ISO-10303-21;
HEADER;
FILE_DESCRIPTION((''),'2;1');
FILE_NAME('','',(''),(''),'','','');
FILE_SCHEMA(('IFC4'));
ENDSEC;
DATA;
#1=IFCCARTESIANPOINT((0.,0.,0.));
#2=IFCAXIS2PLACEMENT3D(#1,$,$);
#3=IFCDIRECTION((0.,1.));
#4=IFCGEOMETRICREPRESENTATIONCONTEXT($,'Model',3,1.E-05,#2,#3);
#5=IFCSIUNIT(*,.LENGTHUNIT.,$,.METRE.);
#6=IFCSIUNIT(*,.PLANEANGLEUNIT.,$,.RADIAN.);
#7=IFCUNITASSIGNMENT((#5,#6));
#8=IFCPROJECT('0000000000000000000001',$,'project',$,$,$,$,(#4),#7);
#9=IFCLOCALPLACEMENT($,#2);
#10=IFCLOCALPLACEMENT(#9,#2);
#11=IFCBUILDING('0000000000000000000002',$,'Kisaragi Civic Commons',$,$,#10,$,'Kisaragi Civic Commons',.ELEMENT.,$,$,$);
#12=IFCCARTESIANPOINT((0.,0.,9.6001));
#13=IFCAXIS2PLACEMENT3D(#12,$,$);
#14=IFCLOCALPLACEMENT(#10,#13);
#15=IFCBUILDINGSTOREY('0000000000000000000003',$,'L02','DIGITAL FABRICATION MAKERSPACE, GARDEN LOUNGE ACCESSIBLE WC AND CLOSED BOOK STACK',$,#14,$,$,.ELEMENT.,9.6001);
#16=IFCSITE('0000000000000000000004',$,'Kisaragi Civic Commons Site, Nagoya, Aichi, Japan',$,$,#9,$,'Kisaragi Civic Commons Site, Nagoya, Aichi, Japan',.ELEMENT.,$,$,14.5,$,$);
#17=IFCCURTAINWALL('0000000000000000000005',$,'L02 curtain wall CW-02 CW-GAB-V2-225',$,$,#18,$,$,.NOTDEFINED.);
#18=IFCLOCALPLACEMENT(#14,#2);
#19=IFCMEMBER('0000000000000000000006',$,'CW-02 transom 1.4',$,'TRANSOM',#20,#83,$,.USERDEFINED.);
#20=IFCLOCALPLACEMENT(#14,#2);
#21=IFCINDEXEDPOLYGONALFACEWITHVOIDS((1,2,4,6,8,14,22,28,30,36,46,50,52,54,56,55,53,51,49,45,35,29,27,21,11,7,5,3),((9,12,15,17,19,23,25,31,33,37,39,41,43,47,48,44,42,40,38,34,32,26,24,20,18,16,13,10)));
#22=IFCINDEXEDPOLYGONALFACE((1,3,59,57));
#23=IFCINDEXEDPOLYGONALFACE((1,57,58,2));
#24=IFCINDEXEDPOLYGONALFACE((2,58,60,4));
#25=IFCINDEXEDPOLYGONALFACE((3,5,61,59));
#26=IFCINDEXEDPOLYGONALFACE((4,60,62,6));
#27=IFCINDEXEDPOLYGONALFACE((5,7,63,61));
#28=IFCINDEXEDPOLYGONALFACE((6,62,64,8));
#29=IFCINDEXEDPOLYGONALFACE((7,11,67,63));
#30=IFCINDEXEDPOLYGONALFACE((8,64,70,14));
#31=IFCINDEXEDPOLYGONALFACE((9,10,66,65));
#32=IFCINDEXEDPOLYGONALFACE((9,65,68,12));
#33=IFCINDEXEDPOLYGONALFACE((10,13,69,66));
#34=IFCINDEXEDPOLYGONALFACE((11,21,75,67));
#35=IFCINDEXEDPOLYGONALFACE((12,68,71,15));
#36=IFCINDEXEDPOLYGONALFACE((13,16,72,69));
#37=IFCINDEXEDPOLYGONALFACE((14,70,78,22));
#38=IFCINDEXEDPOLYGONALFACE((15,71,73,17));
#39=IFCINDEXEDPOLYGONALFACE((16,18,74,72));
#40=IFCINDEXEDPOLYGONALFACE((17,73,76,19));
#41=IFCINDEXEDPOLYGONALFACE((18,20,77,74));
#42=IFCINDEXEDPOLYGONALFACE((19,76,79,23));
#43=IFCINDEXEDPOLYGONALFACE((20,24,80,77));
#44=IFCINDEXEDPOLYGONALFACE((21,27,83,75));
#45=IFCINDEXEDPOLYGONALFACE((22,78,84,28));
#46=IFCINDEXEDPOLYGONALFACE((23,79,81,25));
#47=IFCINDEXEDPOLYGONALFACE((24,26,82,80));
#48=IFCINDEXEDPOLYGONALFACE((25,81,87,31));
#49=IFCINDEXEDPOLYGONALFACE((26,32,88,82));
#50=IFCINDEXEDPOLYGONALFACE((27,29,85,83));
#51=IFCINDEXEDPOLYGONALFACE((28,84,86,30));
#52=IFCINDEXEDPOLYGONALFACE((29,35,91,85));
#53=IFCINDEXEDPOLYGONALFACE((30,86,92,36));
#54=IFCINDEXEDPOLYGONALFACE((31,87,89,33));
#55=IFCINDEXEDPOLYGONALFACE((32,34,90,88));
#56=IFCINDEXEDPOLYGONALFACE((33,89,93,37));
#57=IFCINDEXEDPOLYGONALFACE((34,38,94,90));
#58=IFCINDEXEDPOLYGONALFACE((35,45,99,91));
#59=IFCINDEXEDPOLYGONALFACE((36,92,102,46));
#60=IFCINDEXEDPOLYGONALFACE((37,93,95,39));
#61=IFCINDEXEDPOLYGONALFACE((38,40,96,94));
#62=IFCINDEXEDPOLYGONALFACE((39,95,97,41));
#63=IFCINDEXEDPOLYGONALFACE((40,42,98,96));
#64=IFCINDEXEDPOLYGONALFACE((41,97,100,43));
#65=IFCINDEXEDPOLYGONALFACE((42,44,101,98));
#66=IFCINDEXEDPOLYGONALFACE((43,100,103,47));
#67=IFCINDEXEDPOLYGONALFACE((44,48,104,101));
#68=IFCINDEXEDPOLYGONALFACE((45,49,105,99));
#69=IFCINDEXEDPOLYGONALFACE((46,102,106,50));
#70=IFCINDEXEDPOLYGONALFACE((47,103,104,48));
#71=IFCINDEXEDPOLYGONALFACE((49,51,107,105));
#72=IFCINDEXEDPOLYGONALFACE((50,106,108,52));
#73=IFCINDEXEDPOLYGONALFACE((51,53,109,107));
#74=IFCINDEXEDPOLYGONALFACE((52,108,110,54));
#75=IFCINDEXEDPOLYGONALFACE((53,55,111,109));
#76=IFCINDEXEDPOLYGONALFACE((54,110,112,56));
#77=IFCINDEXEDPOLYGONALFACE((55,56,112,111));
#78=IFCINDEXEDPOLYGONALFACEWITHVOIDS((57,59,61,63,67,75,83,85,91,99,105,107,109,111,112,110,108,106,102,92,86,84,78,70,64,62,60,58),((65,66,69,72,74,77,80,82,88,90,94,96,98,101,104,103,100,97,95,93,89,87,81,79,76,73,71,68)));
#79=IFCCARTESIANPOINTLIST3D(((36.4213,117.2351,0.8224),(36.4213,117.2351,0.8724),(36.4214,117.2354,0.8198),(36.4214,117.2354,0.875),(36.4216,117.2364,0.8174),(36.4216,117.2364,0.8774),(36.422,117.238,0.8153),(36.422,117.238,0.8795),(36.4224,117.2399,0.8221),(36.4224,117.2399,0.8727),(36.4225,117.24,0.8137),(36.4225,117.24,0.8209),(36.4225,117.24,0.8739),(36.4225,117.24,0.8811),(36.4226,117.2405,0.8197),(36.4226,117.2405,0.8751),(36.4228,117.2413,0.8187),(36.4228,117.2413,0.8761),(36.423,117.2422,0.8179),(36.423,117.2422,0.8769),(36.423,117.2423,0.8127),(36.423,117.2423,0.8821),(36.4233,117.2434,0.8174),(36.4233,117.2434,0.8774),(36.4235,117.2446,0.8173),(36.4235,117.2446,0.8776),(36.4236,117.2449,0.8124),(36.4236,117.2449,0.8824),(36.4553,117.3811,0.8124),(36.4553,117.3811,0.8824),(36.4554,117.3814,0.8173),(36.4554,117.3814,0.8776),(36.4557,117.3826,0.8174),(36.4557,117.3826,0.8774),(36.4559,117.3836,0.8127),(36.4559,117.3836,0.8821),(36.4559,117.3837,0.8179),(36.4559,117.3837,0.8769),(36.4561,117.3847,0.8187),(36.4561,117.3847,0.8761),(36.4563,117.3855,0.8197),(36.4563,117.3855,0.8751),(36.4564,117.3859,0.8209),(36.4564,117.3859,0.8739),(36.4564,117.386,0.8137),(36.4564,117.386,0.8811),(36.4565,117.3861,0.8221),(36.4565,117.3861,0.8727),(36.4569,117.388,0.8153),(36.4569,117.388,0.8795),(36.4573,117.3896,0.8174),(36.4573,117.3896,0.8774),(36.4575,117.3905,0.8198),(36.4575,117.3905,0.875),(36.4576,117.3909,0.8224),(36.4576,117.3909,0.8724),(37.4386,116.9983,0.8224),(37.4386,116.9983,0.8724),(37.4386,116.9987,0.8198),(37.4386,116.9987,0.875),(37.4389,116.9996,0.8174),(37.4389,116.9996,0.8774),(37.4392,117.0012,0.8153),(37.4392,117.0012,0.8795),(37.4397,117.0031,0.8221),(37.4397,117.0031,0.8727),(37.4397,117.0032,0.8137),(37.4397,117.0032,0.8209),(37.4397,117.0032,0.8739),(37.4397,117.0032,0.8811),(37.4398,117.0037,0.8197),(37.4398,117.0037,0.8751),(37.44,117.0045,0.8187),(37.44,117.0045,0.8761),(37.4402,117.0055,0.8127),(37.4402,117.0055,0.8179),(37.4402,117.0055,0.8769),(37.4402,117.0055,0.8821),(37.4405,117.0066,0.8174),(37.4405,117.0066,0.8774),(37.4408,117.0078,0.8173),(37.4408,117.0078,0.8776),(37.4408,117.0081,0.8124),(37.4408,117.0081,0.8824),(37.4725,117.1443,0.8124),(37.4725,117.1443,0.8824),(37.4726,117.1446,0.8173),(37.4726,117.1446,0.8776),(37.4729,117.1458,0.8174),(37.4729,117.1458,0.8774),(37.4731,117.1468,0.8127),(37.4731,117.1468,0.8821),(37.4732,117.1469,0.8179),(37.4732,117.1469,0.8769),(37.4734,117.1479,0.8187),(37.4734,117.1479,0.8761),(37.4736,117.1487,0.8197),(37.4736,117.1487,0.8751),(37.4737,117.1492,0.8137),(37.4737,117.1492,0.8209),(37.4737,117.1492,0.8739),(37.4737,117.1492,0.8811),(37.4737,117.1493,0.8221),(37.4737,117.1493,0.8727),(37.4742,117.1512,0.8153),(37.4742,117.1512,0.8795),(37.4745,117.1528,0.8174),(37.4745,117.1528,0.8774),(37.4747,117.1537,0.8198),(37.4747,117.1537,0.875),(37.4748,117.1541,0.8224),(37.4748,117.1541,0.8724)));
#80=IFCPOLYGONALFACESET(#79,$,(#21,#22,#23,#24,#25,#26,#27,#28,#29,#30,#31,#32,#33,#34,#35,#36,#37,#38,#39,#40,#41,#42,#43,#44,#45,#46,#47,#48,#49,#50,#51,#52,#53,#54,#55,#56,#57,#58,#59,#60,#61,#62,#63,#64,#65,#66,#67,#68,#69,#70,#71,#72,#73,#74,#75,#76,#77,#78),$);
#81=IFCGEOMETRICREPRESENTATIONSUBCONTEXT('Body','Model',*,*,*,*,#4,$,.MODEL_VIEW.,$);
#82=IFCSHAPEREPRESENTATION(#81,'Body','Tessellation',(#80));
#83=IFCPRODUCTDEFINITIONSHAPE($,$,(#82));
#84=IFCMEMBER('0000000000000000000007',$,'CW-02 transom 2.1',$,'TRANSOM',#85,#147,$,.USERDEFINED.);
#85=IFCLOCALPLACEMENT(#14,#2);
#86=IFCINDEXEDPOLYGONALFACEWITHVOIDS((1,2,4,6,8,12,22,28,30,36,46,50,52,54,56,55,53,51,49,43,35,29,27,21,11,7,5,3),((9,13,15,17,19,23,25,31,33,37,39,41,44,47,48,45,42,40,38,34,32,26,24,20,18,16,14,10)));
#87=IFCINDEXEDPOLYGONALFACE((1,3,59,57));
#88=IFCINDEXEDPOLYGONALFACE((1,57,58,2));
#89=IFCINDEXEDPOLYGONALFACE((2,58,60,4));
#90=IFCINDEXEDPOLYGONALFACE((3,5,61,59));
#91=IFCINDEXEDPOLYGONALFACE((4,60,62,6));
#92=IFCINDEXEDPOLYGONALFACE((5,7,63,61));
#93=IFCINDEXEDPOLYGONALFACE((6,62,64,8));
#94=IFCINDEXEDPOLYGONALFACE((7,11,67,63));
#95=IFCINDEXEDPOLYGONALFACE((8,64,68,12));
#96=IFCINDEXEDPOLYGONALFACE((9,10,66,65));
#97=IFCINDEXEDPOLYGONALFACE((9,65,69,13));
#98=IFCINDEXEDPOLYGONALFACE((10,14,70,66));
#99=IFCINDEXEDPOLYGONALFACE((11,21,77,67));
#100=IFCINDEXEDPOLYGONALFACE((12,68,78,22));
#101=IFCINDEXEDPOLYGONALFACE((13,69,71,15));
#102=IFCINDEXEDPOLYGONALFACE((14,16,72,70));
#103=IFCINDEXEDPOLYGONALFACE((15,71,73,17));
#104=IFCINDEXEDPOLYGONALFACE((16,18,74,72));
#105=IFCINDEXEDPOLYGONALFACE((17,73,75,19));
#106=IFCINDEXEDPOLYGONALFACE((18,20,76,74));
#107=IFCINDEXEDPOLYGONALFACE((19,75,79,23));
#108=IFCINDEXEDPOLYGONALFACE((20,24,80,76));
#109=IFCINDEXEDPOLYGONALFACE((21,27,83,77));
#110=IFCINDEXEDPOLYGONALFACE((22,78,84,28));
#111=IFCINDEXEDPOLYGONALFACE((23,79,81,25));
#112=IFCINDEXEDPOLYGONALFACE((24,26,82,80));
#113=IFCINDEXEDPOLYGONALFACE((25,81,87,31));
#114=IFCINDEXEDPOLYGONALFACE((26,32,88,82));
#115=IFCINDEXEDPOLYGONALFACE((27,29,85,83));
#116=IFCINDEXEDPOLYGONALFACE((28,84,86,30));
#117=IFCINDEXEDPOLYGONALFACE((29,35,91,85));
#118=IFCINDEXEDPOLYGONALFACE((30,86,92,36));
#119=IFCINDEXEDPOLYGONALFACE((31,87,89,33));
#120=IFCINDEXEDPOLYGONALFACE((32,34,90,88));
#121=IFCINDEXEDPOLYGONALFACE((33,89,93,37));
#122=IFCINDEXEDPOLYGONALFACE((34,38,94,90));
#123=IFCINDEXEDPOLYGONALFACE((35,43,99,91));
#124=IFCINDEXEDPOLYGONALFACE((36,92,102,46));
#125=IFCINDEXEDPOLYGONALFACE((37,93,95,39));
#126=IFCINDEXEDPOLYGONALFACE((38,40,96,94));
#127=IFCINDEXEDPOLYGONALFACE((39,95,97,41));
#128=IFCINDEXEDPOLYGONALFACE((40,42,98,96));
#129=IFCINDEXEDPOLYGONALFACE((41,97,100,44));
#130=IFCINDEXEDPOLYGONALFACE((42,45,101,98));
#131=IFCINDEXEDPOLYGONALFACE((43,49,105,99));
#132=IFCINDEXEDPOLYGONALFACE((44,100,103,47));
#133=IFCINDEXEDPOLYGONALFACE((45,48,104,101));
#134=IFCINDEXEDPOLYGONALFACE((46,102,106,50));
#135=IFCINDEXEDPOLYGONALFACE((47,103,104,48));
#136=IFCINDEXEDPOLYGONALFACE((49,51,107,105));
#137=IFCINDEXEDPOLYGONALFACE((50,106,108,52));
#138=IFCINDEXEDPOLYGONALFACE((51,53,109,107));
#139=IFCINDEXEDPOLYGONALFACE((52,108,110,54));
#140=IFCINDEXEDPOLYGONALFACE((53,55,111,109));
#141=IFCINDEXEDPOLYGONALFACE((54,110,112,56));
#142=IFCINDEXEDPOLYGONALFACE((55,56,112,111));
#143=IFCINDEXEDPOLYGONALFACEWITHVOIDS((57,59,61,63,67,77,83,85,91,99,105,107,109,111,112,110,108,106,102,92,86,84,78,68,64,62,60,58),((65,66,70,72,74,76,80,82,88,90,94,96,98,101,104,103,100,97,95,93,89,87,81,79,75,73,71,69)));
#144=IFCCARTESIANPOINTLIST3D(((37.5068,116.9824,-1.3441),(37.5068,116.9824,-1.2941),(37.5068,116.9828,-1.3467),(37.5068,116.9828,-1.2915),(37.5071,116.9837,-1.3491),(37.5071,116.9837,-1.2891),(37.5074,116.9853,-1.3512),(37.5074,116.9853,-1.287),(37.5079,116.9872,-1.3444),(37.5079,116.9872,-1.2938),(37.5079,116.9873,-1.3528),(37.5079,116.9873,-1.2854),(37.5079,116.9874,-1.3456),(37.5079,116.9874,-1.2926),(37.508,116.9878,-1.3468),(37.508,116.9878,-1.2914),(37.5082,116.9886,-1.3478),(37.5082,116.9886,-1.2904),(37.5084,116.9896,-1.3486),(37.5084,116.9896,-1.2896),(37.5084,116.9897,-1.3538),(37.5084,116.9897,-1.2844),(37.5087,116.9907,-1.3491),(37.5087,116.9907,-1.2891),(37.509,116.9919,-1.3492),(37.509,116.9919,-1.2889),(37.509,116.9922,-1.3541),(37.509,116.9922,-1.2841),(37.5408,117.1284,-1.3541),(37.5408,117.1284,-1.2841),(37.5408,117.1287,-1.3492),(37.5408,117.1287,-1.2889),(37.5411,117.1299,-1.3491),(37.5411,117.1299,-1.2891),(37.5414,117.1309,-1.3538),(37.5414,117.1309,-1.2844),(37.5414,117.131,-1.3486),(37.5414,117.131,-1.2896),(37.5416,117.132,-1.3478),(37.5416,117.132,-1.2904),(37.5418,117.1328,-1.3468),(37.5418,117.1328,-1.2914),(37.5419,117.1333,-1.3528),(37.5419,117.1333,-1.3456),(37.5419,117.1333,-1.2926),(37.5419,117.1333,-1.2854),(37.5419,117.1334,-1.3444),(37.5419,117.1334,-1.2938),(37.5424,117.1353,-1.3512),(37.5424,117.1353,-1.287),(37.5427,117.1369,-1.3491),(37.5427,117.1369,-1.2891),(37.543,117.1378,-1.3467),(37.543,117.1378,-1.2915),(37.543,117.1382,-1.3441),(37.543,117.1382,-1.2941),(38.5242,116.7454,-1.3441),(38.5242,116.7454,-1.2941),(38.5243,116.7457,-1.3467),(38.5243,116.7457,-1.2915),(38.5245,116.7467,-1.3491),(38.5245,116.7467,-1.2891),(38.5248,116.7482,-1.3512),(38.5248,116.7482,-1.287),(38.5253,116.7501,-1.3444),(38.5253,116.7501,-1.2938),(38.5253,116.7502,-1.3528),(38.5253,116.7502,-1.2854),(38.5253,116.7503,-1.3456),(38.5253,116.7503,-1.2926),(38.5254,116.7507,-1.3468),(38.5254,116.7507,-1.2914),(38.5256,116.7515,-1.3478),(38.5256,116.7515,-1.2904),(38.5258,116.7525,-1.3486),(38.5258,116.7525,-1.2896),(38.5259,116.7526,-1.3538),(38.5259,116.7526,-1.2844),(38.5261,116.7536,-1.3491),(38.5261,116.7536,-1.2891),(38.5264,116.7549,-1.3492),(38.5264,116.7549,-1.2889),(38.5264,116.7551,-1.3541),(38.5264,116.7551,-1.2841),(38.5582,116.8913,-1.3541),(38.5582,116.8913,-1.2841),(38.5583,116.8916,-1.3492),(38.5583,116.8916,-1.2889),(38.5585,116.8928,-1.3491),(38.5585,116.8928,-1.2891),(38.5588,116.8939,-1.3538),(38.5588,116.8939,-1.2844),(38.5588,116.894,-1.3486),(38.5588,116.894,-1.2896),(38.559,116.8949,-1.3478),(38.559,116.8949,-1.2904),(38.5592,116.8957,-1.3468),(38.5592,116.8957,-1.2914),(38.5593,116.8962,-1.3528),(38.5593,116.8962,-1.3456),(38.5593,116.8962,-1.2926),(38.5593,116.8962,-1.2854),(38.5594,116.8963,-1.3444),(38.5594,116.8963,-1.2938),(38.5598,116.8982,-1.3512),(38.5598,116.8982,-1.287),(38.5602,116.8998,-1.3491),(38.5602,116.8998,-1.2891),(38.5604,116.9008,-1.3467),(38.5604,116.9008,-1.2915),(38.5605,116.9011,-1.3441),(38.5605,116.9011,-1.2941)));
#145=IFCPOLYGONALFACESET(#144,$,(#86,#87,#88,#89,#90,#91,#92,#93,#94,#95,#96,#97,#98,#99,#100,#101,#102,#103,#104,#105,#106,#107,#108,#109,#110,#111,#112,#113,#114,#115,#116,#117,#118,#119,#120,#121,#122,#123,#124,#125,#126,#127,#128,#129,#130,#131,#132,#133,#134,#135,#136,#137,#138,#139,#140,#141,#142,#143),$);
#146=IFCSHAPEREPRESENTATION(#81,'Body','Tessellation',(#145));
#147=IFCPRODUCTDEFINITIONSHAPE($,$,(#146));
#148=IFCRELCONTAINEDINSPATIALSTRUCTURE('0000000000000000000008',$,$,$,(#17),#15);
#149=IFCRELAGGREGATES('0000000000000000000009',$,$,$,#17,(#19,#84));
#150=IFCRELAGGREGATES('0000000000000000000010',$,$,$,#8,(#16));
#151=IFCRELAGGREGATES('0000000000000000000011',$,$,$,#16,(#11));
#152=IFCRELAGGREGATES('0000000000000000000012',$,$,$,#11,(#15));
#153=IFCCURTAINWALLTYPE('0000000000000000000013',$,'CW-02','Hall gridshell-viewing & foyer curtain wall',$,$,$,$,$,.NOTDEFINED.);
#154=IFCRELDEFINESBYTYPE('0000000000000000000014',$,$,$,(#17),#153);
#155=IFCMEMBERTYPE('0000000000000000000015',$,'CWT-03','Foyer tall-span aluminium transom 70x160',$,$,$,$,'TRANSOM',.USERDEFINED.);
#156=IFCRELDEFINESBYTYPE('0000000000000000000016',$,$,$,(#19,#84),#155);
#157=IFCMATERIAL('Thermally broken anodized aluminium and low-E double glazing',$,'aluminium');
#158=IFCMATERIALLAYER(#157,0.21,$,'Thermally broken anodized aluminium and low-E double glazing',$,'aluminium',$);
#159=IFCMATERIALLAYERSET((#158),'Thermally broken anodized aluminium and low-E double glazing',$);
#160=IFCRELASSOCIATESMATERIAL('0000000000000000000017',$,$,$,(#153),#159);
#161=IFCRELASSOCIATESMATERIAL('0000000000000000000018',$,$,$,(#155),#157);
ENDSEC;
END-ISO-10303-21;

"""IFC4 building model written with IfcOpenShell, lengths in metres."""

from ifc_helpers import new_model, si_unit, direction, frame, origin, origin_2d, place, context, subcontext, project, spatial, hollow_rectangle, extrude, material, layer, layer_set, material_profile, profile_set, type_object, element, aggregate, save


model = new_model("IFC4")

# Units and contexts
model_context = context("Model", 3, precision=1e-05, world=origin(), true_north=direction((0.0, 1.0)))
body_context = subcontext(model_context, "Body", "Model", "MODEL_VIEW")
ifc_project = project(units=[si_unit("LENGTHUNIT", "METRE"), si_unit("PLANEANGLEUNIT", "RADIAN")], contexts=[model_context])

# Site, building, storey
site_placement = place(None, origin())
site = spatial("IfcSite", under=ifc_project, at=site_placement, Name="Kisaragi Civic Commons Site, Nagoya, Aichi, Japan", LongName="Kisaragi Civic Commons Site, Nagoya, Aichi, Japan", CompositionType="ELEMENT", RefElevation=14.5)
building_placement = place(site_placement, origin())
building = spatial("IfcBuilding", under=site, at=building_placement, Name="Kisaragi Civic Commons", LongName="Kisaragi Civic Commons", CompositionType="ELEMENT")
storey_placement = place(building_placement, frame((0.0, 0.0, 9.6001)))
storey = spatial("IfcBuildingStorey", under=building, at=storey_placement, Name="L02", Description="DIGITAL FABRICATION MAKERSPACE, GARDEN LOUNGE ACCESSIBLE WC AND CLOSED BOOK STACK", CompositionType="ELEMENT", Elevation=9.6001)

# Curtain wall, members
ifc_material_1 = material(Name="Thermally broken anodized aluminium and low-E double glazing", Category="aluminium")
ifc_layer_1 = layer(ifc_material_1, 0.21, Name="Thermally broken anodized aluminium and low-E double glazing", Category="aluminium")
ifc_layer_set_1 = layer_set([ifc_layer_1], Name="Thermally broken anodized aluminium and low-E double glazing")
curtain_wall_type = type_object("IfcCurtainWallType", Name="CW-02", Description="Hall gridshell-viewing & foyer curtain wall", PredefinedType="NOTDEFINED", material=ifc_layer_set_1)
curtain_wall_placement = place(storey_placement, origin())
curtain_wall = element("IfcCurtainWall", 1, at=curtain_wall_placement, inside=storey, type_object=curtain_wall_type, Name="L02 curtain wall CW-02 CW-GAB-V2-225", PredefinedType="NOTDEFINED")
ifc_material_profile_1 = material_profile(ifc_material_1, hollow_rectangle(XDim=0.1599, YDim=0.0701, WallThickness=0.0049, InnerFilletRadius=0.0049, OuterFilletRadius=0.01, at=origin_2d()), Name="CWT-70x160x5", Category="aluminium")
ifc_profile_set_1 = profile_set([ifc_material_profile_1], Name="Thermally broken anodized aluminium and low-E double glazing")
member_type_1 = type_object("IfcMemberType", Name="CWT-03", Description="Foyer tall-span aluminium transom 70x160", ElementType="TRANSOM", PredefinedType="USERDEFINED", material=ifc_profile_set_1)
member_1_placement = place(storey_placement, frame((36.4395, 117.313, 0.8474), z_axis=(0.97396, -0.22672, 0.0), x_axis=(0.22672, 0.97396, 0.0)))
member_1 = element("IfcMember", 2, at=member_1_placement, type_object=member_type_1, Name="CW-02 transom 1.4", ObjectType="TRANSOM", PredefinedType="USERDEFINED", context=body_context, shape_type="SweptSolid", body=[
    extrude(hollow_rectangle(XDim=0.1599, YDim=0.0701, WallThickness=0.0049, InnerFilletRadius=0.0049, OuterFilletRadius=0.01, at=origin_2d()), origin(), (0.0, 0.0, 1.0), 1.0444),
])
member_2_placement = place(storey_placement, frame((37.5249, 117.0603, -1.3191), z_axis=(0.973908, -0.226941, 0.0), x_axis=(0.226941, 0.973908, 0.0)))
member_2 = element("IfcMember", 3, at=member_2_placement, type_object=member_type_1, Name="CW-02 transom 2.1", ObjectType="TRANSOM", PredefinedType="USERDEFINED", context=body_context, shape_type="SweptSolid", body=[
    extrude(hollow_rectangle(XDim=0.1599, YDim=0.0701, WallThickness=0.0049, InnerFilletRadius=0.0049, OuterFilletRadius=0.01, at=origin_2d()), origin(), (0.0, 0.0, 1.0), 1.0447),
])

aggregate(curtain_wall, [member_1, member_2])

save(model, "model.ifc")
